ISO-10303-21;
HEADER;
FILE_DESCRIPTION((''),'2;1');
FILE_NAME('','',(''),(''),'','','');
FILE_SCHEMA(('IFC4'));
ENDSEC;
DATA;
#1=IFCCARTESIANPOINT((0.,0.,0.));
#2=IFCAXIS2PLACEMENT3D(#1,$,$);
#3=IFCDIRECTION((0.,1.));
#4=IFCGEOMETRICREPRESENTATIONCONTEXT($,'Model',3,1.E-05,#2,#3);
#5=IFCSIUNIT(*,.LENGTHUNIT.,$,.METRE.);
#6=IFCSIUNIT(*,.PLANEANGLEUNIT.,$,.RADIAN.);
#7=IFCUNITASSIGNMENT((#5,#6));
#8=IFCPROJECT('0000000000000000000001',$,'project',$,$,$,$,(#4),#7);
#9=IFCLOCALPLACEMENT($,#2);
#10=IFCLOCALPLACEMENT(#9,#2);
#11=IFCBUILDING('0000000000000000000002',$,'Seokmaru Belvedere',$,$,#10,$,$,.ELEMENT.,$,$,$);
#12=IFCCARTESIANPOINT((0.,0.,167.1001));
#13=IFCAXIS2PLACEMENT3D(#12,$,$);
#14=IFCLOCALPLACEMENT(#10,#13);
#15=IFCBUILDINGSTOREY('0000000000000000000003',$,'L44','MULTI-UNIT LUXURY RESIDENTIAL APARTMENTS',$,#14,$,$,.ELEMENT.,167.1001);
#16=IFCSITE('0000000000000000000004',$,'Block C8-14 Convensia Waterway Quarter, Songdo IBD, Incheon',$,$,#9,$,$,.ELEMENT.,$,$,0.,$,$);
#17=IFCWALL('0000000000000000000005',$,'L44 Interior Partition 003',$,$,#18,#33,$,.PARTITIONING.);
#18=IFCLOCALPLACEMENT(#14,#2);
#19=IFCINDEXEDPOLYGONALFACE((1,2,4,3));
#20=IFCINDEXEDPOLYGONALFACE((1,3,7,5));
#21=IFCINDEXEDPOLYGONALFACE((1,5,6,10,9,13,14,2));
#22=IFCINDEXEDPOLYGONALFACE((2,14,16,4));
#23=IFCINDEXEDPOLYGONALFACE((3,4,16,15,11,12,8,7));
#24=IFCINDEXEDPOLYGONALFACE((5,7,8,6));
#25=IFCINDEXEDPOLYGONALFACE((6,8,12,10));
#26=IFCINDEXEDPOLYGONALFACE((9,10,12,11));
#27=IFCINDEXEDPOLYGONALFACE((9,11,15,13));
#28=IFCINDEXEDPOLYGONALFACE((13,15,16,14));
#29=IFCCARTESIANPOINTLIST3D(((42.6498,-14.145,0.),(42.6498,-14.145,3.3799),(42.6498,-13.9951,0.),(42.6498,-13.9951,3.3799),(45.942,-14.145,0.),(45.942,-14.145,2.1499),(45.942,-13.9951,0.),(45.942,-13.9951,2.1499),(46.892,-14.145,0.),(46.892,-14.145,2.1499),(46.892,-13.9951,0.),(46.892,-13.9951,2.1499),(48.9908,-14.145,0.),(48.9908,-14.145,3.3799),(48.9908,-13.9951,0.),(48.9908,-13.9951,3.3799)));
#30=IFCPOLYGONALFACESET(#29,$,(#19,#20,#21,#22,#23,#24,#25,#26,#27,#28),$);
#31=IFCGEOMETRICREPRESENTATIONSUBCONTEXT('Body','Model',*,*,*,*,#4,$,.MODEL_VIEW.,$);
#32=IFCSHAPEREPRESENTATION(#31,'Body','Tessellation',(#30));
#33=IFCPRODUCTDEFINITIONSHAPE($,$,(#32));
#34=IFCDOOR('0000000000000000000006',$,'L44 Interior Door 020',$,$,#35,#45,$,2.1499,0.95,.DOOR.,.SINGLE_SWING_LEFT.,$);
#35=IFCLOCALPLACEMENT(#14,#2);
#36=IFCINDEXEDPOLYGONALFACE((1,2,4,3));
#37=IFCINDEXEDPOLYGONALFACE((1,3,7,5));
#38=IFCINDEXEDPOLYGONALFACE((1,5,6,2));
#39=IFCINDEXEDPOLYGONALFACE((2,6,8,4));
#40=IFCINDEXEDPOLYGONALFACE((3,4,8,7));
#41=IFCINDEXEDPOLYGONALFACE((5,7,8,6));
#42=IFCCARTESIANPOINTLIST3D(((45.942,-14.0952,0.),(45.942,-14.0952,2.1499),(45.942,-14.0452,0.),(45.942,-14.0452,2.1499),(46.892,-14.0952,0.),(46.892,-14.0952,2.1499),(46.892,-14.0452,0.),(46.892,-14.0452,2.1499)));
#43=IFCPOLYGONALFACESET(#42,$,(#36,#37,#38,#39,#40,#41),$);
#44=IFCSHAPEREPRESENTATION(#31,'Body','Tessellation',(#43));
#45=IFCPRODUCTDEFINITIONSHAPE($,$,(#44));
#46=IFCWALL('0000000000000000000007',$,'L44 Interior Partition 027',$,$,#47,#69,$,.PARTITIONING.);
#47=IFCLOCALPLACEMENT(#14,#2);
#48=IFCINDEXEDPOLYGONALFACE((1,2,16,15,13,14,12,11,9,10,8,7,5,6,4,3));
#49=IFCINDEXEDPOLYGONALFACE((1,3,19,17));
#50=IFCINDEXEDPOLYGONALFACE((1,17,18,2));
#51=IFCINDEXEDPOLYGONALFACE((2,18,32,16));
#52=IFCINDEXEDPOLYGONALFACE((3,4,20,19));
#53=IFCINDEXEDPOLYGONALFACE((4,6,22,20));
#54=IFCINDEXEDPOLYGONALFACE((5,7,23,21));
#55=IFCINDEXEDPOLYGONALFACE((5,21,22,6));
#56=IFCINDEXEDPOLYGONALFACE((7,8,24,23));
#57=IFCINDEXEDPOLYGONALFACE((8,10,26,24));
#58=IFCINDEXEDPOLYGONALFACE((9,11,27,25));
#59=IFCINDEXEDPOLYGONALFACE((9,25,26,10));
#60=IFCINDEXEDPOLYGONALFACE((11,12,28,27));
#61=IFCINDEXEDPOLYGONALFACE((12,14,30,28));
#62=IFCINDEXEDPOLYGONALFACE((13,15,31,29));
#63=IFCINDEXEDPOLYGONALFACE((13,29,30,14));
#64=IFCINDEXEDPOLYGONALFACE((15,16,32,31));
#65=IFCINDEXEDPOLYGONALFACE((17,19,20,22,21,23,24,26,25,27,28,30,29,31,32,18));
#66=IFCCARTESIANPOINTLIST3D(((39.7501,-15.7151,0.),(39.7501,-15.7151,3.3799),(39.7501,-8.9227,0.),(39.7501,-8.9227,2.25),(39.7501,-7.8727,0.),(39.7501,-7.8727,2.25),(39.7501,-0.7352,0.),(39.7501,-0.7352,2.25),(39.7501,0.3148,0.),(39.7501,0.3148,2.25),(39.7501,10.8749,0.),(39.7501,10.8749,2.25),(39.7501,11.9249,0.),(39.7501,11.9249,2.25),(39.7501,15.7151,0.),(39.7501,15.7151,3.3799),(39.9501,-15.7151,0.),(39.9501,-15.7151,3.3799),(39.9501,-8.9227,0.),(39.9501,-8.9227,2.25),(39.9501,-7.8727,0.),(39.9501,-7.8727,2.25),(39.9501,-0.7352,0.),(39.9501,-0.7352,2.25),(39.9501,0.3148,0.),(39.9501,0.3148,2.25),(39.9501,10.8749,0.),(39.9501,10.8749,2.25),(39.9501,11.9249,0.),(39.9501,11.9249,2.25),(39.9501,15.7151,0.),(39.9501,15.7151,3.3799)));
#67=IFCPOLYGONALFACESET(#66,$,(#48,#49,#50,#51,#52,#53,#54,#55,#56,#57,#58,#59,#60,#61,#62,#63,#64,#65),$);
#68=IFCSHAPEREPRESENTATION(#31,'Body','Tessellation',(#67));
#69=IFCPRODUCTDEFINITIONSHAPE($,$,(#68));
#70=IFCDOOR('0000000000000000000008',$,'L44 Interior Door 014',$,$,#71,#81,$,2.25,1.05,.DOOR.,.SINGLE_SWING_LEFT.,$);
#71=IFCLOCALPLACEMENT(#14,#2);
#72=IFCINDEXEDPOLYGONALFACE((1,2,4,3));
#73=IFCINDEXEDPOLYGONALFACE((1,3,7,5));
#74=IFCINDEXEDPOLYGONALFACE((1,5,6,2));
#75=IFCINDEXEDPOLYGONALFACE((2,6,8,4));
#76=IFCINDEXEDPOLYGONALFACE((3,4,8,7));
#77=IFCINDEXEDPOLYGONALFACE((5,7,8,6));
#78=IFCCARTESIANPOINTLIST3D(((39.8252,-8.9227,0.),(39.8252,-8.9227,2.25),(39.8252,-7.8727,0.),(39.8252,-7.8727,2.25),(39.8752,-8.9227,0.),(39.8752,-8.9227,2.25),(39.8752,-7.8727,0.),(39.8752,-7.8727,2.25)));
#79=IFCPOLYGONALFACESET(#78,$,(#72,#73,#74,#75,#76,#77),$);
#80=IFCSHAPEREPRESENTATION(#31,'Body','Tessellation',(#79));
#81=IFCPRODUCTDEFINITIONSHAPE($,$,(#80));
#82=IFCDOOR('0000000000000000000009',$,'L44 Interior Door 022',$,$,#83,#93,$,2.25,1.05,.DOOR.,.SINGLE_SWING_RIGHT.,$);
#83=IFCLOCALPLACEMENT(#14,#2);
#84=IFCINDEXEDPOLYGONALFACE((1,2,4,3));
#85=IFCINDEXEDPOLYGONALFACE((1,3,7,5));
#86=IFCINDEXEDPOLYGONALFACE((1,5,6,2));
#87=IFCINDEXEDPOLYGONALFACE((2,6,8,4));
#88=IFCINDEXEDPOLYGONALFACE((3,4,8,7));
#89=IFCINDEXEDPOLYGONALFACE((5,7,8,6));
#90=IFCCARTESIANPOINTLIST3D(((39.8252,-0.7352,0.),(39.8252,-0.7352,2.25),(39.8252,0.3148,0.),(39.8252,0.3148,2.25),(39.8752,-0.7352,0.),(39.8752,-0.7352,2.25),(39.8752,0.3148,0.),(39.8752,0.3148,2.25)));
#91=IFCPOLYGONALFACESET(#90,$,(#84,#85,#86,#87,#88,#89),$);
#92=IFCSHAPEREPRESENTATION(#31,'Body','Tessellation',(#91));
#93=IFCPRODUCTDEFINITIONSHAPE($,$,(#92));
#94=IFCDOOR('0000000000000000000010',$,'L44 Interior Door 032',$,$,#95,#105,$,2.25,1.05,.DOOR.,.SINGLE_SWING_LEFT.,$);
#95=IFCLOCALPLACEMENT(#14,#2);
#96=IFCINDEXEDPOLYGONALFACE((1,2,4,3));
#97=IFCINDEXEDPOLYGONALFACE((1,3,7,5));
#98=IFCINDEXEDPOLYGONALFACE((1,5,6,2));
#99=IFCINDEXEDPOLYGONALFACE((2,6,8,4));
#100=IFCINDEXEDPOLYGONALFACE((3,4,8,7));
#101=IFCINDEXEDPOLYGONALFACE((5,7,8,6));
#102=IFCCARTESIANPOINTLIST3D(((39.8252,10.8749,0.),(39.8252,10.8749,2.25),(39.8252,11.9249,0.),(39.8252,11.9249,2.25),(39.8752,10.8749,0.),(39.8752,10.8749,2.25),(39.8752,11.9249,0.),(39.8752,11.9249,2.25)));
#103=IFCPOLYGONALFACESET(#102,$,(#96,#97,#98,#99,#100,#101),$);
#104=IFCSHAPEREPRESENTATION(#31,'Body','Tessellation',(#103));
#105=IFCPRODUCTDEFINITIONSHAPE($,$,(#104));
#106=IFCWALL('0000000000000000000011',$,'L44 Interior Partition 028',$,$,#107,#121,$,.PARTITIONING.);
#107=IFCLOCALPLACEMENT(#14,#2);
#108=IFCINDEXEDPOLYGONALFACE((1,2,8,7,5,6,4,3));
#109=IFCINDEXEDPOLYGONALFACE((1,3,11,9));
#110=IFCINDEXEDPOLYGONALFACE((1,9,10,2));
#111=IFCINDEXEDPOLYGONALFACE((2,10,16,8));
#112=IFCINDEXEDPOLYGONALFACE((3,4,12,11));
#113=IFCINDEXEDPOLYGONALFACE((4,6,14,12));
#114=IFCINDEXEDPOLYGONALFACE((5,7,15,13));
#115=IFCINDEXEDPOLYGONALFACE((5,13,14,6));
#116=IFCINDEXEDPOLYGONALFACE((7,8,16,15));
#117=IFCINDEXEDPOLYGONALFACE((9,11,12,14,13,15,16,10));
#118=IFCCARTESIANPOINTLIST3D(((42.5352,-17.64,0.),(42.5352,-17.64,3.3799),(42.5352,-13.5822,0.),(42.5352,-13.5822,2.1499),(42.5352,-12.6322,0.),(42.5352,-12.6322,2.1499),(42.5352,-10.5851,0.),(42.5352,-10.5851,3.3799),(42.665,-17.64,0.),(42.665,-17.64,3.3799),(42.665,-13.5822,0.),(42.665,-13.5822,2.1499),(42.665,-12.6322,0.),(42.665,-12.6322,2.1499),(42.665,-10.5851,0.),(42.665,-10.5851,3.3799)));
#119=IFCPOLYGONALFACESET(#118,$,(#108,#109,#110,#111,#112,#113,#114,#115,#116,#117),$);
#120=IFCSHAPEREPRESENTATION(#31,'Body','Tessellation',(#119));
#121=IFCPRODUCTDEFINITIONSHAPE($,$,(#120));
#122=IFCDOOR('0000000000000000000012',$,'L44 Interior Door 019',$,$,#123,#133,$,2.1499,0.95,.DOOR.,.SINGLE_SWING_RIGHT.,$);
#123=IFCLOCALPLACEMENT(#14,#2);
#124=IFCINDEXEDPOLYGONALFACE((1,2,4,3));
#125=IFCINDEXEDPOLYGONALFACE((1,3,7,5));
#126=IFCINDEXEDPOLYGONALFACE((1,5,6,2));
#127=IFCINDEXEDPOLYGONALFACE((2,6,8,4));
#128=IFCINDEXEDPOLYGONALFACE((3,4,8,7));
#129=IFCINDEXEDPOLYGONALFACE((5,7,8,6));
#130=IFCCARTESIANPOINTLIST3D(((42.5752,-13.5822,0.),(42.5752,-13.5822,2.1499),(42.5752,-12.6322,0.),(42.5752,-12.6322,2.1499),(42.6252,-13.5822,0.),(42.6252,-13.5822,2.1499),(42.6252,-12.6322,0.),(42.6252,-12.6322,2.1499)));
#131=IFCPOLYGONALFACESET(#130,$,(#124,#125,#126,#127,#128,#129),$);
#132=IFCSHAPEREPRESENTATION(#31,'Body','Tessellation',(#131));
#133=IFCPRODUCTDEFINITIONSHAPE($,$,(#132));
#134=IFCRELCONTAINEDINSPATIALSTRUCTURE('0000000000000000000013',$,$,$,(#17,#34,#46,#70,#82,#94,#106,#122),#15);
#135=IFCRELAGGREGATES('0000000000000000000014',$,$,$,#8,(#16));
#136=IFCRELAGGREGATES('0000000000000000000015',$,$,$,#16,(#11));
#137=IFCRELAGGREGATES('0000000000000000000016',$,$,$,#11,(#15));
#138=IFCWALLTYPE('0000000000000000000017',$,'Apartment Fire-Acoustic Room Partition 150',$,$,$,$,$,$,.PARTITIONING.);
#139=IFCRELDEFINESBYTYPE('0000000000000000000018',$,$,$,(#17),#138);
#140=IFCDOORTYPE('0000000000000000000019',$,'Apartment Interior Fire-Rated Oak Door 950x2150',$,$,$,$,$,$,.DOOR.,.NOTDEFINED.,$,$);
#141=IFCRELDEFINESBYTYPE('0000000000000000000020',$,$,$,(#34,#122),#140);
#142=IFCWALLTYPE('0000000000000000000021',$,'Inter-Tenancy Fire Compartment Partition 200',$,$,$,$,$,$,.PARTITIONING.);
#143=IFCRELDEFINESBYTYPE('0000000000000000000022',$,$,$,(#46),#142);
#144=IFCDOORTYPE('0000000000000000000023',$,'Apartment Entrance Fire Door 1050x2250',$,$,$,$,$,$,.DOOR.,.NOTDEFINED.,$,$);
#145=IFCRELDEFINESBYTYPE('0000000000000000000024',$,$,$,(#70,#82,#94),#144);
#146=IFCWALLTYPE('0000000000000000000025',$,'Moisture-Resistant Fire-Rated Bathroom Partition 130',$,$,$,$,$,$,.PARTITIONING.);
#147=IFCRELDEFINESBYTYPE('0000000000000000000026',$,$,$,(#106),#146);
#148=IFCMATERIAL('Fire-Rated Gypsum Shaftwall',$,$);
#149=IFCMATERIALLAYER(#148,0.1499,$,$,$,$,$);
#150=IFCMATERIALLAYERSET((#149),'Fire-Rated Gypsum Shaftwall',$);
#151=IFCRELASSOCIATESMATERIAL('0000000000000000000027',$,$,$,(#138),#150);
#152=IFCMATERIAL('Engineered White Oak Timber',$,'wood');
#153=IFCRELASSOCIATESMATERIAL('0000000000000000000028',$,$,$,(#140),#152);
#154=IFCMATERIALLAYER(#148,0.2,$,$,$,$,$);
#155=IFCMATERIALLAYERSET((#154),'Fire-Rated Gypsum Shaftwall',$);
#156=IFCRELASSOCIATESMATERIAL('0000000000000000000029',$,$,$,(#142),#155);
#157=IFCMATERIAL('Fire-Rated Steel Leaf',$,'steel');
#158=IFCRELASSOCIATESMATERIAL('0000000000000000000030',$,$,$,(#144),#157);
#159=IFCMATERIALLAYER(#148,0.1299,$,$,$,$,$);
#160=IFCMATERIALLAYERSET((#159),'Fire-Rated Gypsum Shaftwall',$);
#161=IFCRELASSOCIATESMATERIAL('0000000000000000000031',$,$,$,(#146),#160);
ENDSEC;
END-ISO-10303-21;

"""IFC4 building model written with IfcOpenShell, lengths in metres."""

from ifc_helpers import new_model, si_unit, direction, frame, frame_2d, origin, place, context, subcontext, project, spatial, rectangle, extrude, source, transform, mapped, material, layer, layer_set, type_object, type_shapes, element, fill, save


model = new_model("IFC4")

# Units and contexts
model_context = context("Model", 3, precision=1e-05, world=origin(), true_north=direction((0.0, 1.0)))
body_context = subcontext(model_context, "Body", "Model", "MODEL_VIEW")
ifc_project = project(units=[si_unit("LENGTHUNIT", "METRE"), si_unit("PLANEANGLEUNIT", "RADIAN")], contexts=[model_context])

# Site, building, storey
site_placement = place(None, origin())
site = spatial("IfcSite", under=ifc_project, at=site_placement, Name="Block C8-14 Convensia Waterway Quarter, Songdo IBD, Incheon", CompositionType="ELEMENT", RefElevation=0.0)
building_placement = place(site_placement, origin())
building = spatial("IfcBuilding", under=site, at=building_placement, Name="Seokmaru Belvedere", CompositionType="ELEMENT")
storey_placement = place(building_placement, frame((0.0, 0.0, 167.1001)))
storey = spatial("IfcBuildingStorey", under=building, at=storey_placement, Name="L44", Description="MULTI-UNIT LUXURY RESIDENTIAL APARTMENTS", CompositionType="ELEMENT", Elevation=167.1001)

# Wall, opening, door
ifc_material_1 = material(Name="Fire-Rated Gypsum Shaftwall")
ifc_layer_1 = layer(ifc_material_1, 0.1499)
ifc_layer_set_1 = layer_set([ifc_layer_1], Name="Fire-Rated Gypsum Shaftwall")
wall_type_1 = type_object("IfcWallType", Name="Apartment Fire-Acoustic Room Partition 150", PredefinedType="PARTITIONING", material=ifc_layer_set_1)
wall_1_placement = place(storey_placement, frame((42.6499, -14.0701, 0.0), z_axis=(0.0, 0.0, 1.0), x_axis=(1.0, 0.0, 0.0)))
wall_1 = element("IfcWall", 1, at=wall_1_placement, inside=storey, type_object=wall_type_1, Name="L44 Interior Partition 003", PredefinedType="PARTITIONING", context=body_context, shape_type="SweptSolid", body=[
    extrude(rectangle(XDim=6.3411, YDim=0.1499, at=frame_2d((3.1704, 0.0))), origin(), (0.0, 0.0, 1.0), 3.3799),
])
opening_1_placement = place(wall_1_placement, frame((3.292, 0.0, 0.0)))
opening_1 = element("IfcOpeningElement", 2, at=opening_1_placement, cuts=wall_1, PredefinedType="OPENING", context=body_context, shape_type="SweptSolid", body=[
    extrude(rectangle(XDim=0.95, YDim=2.1499, at=frame_2d((0.4751, 1.075))), frame((0.0, 0.085, 0.0), z_axis=(0.0, -1.0, 0.0), x_axis=(1.0, 0.0, 0.0)), (0.0, 0.0, 1.0), 0.1699),
])
ifc_material_2 = material(Name="Engineered White Oak Timber", Category="wood")
door_type_1 = type_object("IfcDoorType", Name="Apartment Interior Fire-Rated Oak Door 950x2150", OperationType="NOTDEFINED", PredefinedType="DOOR", material=ifc_material_2)
shared_shape_1 = source(origin(), body_context, "Body", "SweptSolid", [
    extrude(rectangle(XDim=0.95, YDim=2.1499, at=frame_2d((0.4751, 1.075))), frame((0.0, 0.0249, 0.0), z_axis=(0.0, -1.0, 0.0), x_axis=(1.0, 0.0, 0.0)), (0.0, 0.0, 1.0), 0.05),
])
type_shapes(door_type_1, [shared_shape_1])
door_1_placement = place(opening_1_placement, origin())
door_1 = element("IfcDoor", 3, at=door_1_placement, inside=storey, type_object=door_type_1, Name="L44 Interior Door 020", OperationType="SINGLE_SWING_LEFT", OverallHeight=2.1499, OverallWidth=0.95, PredefinedType="DOOR", context=body_context, shape_type="MappedRepresentation", body=[
    mapped(shared_shape_1, transform((0.0, 0.0, 0.0), scale=1.0)),
])
fill(opening_1, door_1)

# Wall, openings, doors
ifc_layer_2 = layer(ifc_material_1, 0.2)
ifc_layer_set_2 = layer_set([ifc_layer_2], Name="Fire-Rated Gypsum Shaftwall")
wall_type_2 = type_object("IfcWallType", Name="Inter-Tenancy Fire Compartment Partition 200", PredefinedType="PARTITIONING", material=ifc_layer_set_2)
wall_2_placement = place(storey_placement, frame((39.8501, -15.7151, 0.0), z_axis=(0.0, 0.0, 1.0), x_axis=(0.0, 1.0, 0.0)))
wall_2 = element("IfcWall", 4, at=wall_2_placement, inside=storey, type_object=wall_type_2, Name="L44 Interior Partition 027", PredefinedType="PARTITIONING", context=body_context, shape_type="SweptSolid", body=[
    extrude(rectangle(XDim=31.4302, YDim=0.2, at=frame_2d((15.7151, 0.0))), origin(), (0.0, 0.0, 1.0), 3.3799),
])
opening_2_placement = place(wall_2_placement, frame((6.7925, 0.0, 0.0)))
opening_2 = element("IfcOpeningElement", 5, at=opening_2_placement, cuts=wall_2, PredefinedType="OPENING", context=body_context, shape_type="SweptSolid", body=[
    extrude(rectangle(XDim=1.05, YDim=2.25, at=frame_2d((0.5249, 1.125))), frame((0.0, 0.1099, 0.0), z_axis=(0.0, -1.0, 0.0), x_axis=(1.0, 0.0, 0.0)), (0.0, 0.0, 1.0), 0.22),
])
opening_3_placement = place(wall_2_placement, frame((14.98, 0.0, 0.0)))
opening_3 = element("IfcOpeningElement", 6, at=opening_3_placement, cuts=wall_2, PredefinedType="OPENING", context=body_context, shape_type="SweptSolid", body=[
    extrude(rectangle(XDim=1.05, YDim=2.25, at=frame_2d((0.5249, 1.125))), frame((0.0, 0.1099, 0.0), z_axis=(0.0, -1.0, 0.0), x_axis=(1.0, 0.0, 0.0)), (0.0, 0.0, 1.0), 0.22),
])
opening_4_placement = place(wall_2_placement, frame((26.5901, 0.0, 0.0)))
opening_4 = element("IfcOpeningElement", 7, at=opening_4_placement, cuts=wall_2, PredefinedType="OPENING", context=body_context, shape_type="SweptSolid", body=[
    extrude(rectangle(XDim=1.05, YDim=2.25, at=frame_2d((0.5249, 1.125))), frame((0.0, 0.1099, 0.0), z_axis=(0.0, -1.0, 0.0), x_axis=(1.0, 0.0, 0.0)), (0.0, 0.0, 1.0), 0.22),
])
ifc_material_3 = material(Name="Fire-Rated Steel Leaf", Category="steel")
door_type_2 = type_object("IfcDoorType", Name="Apartment Entrance Fire Door 1050x2250", OperationType="NOTDEFINED", PredefinedType="DOOR", material=ifc_material_3)
shared_shape_2 = source(origin(), body_context, "Body", "SweptSolid", [
    extrude(rectangle(XDim=1.05, YDim=2.25, at=frame_2d((0.5249, 1.125))), frame((0.0, 0.0249, 0.0), z_axis=(0.0, -1.0, 0.0), x_axis=(1.0, 0.0, 0.0)), (0.0, 0.0, 1.0), 0.05),
])
type_shapes(door_type_2, [shared_shape_2])
door_2_placement = place(opening_2_placement, origin())
door_2 = element("IfcDoor", 8, at=door_2_placement, inside=storey, type_object=door_type_2, Name="L44 Interior Door 014", OperationType="SINGLE_SWING_LEFT", OverallHeight=2.25, OverallWidth=1.05, PredefinedType="DOOR", context=body_context, shape_type="MappedRepresentation", body=[
    mapped(shared_shape_2, transform((0.0, 0.0, 0.0), scale=1.0)),
])
fill(opening_2, door_2)
door_3_placement = place(opening_3_placement, origin())
door_3 = element("IfcDoor", 9, at=door_3_placement, inside=storey, type_object=door_type_2, Name="L44 Interior Door 022", OperationType="SINGLE_SWING_RIGHT", OverallHeight=2.25, OverallWidth=1.05, PredefinedType="DOOR", context=body_context, shape_type="MappedRepresentation", body=[
    mapped(shared_shape_2, transform((0.0, 0.0, 0.0), scale=1.0)),
])
fill(opening_3, door_3)
door_4_placement = place(opening_4_placement, origin())
door_4 = element("IfcDoor", 10, at=door_4_placement, inside=storey, type_object=door_type_2, Name="L44 Interior Door 032", OperationType="SINGLE_SWING_LEFT", OverallHeight=2.25, OverallWidth=1.05, PredefinedType="DOOR", context=body_context, shape_type="MappedRepresentation", body=[
    mapped(shared_shape_2, transform((0.0, 0.0, 0.0), scale=1.0)),
])
fill(opening_4, door_4)

# Wall, opening, door
ifc_layer_3 = layer(ifc_material_1, 0.1299)
ifc_layer_set_3 = layer_set([ifc_layer_3], Name="Fire-Rated Gypsum Shaftwall")
wall_type_3 = type_object("IfcWallType", Name="Moisture-Resistant Fire-Rated Bathroom Partition 130", PredefinedType="PARTITIONING", material=ifc_layer_set_3)
wall_3_placement = place(storey_placement, frame((42.6001, -17.6399, 0.0), z_axis=(0.0, 0.0, 1.0), x_axis=(0.0, 1.0, 0.0)))
wall_3 = element("IfcWall", 11, at=wall_3_placement, inside=storey, type_object=wall_type_3, Name="L44 Interior Partition 028", PredefinedType="PARTITIONING", context=body_context, shape_type="SweptSolid", body=[
    extrude(rectangle(XDim=7.0549, YDim=0.1299, at=frame_2d((3.5273, 0.0))), origin(), (0.0, 0.0, 1.0), 3.3799),
])
opening_5_placement = place(wall_3_placement, frame((4.0576, 0.0, 0.0)))
opening_5 = element("IfcOpeningElement", 12, at=opening_5_placement, cuts=wall_3, PredefinedType="OPENING", context=body_context, shape_type="SweptSolid", body=[
    extrude(rectangle(XDim=0.95, YDim=2.1499, at=frame_2d((0.4751, 1.075))), frame((0.0, 0.075, 0.0), z_axis=(0.0, -1.0, 0.0), x_axis=(1.0, 0.0, 0.0)), (0.0, 0.0, 1.0), 0.1499),
])
door_5_placement = place(opening_5_placement, origin())
door_5 = element("IfcDoor", 13, at=door_5_placement, inside=storey, type_object=door_type_1, Name="L44 Interior Door 019", OperationType="SINGLE_SWING_RIGHT", OverallHeight=2.1499, OverallWidth=0.95, PredefinedType="DOOR", context=body_context, shape_type="MappedRepresentation", body=[
    mapped(shared_shape_1, transform((0.0, 0.0, 0.0), scale=1.0)),
])
fill(opening_5, door_5)

save(model, "model.ifc")
